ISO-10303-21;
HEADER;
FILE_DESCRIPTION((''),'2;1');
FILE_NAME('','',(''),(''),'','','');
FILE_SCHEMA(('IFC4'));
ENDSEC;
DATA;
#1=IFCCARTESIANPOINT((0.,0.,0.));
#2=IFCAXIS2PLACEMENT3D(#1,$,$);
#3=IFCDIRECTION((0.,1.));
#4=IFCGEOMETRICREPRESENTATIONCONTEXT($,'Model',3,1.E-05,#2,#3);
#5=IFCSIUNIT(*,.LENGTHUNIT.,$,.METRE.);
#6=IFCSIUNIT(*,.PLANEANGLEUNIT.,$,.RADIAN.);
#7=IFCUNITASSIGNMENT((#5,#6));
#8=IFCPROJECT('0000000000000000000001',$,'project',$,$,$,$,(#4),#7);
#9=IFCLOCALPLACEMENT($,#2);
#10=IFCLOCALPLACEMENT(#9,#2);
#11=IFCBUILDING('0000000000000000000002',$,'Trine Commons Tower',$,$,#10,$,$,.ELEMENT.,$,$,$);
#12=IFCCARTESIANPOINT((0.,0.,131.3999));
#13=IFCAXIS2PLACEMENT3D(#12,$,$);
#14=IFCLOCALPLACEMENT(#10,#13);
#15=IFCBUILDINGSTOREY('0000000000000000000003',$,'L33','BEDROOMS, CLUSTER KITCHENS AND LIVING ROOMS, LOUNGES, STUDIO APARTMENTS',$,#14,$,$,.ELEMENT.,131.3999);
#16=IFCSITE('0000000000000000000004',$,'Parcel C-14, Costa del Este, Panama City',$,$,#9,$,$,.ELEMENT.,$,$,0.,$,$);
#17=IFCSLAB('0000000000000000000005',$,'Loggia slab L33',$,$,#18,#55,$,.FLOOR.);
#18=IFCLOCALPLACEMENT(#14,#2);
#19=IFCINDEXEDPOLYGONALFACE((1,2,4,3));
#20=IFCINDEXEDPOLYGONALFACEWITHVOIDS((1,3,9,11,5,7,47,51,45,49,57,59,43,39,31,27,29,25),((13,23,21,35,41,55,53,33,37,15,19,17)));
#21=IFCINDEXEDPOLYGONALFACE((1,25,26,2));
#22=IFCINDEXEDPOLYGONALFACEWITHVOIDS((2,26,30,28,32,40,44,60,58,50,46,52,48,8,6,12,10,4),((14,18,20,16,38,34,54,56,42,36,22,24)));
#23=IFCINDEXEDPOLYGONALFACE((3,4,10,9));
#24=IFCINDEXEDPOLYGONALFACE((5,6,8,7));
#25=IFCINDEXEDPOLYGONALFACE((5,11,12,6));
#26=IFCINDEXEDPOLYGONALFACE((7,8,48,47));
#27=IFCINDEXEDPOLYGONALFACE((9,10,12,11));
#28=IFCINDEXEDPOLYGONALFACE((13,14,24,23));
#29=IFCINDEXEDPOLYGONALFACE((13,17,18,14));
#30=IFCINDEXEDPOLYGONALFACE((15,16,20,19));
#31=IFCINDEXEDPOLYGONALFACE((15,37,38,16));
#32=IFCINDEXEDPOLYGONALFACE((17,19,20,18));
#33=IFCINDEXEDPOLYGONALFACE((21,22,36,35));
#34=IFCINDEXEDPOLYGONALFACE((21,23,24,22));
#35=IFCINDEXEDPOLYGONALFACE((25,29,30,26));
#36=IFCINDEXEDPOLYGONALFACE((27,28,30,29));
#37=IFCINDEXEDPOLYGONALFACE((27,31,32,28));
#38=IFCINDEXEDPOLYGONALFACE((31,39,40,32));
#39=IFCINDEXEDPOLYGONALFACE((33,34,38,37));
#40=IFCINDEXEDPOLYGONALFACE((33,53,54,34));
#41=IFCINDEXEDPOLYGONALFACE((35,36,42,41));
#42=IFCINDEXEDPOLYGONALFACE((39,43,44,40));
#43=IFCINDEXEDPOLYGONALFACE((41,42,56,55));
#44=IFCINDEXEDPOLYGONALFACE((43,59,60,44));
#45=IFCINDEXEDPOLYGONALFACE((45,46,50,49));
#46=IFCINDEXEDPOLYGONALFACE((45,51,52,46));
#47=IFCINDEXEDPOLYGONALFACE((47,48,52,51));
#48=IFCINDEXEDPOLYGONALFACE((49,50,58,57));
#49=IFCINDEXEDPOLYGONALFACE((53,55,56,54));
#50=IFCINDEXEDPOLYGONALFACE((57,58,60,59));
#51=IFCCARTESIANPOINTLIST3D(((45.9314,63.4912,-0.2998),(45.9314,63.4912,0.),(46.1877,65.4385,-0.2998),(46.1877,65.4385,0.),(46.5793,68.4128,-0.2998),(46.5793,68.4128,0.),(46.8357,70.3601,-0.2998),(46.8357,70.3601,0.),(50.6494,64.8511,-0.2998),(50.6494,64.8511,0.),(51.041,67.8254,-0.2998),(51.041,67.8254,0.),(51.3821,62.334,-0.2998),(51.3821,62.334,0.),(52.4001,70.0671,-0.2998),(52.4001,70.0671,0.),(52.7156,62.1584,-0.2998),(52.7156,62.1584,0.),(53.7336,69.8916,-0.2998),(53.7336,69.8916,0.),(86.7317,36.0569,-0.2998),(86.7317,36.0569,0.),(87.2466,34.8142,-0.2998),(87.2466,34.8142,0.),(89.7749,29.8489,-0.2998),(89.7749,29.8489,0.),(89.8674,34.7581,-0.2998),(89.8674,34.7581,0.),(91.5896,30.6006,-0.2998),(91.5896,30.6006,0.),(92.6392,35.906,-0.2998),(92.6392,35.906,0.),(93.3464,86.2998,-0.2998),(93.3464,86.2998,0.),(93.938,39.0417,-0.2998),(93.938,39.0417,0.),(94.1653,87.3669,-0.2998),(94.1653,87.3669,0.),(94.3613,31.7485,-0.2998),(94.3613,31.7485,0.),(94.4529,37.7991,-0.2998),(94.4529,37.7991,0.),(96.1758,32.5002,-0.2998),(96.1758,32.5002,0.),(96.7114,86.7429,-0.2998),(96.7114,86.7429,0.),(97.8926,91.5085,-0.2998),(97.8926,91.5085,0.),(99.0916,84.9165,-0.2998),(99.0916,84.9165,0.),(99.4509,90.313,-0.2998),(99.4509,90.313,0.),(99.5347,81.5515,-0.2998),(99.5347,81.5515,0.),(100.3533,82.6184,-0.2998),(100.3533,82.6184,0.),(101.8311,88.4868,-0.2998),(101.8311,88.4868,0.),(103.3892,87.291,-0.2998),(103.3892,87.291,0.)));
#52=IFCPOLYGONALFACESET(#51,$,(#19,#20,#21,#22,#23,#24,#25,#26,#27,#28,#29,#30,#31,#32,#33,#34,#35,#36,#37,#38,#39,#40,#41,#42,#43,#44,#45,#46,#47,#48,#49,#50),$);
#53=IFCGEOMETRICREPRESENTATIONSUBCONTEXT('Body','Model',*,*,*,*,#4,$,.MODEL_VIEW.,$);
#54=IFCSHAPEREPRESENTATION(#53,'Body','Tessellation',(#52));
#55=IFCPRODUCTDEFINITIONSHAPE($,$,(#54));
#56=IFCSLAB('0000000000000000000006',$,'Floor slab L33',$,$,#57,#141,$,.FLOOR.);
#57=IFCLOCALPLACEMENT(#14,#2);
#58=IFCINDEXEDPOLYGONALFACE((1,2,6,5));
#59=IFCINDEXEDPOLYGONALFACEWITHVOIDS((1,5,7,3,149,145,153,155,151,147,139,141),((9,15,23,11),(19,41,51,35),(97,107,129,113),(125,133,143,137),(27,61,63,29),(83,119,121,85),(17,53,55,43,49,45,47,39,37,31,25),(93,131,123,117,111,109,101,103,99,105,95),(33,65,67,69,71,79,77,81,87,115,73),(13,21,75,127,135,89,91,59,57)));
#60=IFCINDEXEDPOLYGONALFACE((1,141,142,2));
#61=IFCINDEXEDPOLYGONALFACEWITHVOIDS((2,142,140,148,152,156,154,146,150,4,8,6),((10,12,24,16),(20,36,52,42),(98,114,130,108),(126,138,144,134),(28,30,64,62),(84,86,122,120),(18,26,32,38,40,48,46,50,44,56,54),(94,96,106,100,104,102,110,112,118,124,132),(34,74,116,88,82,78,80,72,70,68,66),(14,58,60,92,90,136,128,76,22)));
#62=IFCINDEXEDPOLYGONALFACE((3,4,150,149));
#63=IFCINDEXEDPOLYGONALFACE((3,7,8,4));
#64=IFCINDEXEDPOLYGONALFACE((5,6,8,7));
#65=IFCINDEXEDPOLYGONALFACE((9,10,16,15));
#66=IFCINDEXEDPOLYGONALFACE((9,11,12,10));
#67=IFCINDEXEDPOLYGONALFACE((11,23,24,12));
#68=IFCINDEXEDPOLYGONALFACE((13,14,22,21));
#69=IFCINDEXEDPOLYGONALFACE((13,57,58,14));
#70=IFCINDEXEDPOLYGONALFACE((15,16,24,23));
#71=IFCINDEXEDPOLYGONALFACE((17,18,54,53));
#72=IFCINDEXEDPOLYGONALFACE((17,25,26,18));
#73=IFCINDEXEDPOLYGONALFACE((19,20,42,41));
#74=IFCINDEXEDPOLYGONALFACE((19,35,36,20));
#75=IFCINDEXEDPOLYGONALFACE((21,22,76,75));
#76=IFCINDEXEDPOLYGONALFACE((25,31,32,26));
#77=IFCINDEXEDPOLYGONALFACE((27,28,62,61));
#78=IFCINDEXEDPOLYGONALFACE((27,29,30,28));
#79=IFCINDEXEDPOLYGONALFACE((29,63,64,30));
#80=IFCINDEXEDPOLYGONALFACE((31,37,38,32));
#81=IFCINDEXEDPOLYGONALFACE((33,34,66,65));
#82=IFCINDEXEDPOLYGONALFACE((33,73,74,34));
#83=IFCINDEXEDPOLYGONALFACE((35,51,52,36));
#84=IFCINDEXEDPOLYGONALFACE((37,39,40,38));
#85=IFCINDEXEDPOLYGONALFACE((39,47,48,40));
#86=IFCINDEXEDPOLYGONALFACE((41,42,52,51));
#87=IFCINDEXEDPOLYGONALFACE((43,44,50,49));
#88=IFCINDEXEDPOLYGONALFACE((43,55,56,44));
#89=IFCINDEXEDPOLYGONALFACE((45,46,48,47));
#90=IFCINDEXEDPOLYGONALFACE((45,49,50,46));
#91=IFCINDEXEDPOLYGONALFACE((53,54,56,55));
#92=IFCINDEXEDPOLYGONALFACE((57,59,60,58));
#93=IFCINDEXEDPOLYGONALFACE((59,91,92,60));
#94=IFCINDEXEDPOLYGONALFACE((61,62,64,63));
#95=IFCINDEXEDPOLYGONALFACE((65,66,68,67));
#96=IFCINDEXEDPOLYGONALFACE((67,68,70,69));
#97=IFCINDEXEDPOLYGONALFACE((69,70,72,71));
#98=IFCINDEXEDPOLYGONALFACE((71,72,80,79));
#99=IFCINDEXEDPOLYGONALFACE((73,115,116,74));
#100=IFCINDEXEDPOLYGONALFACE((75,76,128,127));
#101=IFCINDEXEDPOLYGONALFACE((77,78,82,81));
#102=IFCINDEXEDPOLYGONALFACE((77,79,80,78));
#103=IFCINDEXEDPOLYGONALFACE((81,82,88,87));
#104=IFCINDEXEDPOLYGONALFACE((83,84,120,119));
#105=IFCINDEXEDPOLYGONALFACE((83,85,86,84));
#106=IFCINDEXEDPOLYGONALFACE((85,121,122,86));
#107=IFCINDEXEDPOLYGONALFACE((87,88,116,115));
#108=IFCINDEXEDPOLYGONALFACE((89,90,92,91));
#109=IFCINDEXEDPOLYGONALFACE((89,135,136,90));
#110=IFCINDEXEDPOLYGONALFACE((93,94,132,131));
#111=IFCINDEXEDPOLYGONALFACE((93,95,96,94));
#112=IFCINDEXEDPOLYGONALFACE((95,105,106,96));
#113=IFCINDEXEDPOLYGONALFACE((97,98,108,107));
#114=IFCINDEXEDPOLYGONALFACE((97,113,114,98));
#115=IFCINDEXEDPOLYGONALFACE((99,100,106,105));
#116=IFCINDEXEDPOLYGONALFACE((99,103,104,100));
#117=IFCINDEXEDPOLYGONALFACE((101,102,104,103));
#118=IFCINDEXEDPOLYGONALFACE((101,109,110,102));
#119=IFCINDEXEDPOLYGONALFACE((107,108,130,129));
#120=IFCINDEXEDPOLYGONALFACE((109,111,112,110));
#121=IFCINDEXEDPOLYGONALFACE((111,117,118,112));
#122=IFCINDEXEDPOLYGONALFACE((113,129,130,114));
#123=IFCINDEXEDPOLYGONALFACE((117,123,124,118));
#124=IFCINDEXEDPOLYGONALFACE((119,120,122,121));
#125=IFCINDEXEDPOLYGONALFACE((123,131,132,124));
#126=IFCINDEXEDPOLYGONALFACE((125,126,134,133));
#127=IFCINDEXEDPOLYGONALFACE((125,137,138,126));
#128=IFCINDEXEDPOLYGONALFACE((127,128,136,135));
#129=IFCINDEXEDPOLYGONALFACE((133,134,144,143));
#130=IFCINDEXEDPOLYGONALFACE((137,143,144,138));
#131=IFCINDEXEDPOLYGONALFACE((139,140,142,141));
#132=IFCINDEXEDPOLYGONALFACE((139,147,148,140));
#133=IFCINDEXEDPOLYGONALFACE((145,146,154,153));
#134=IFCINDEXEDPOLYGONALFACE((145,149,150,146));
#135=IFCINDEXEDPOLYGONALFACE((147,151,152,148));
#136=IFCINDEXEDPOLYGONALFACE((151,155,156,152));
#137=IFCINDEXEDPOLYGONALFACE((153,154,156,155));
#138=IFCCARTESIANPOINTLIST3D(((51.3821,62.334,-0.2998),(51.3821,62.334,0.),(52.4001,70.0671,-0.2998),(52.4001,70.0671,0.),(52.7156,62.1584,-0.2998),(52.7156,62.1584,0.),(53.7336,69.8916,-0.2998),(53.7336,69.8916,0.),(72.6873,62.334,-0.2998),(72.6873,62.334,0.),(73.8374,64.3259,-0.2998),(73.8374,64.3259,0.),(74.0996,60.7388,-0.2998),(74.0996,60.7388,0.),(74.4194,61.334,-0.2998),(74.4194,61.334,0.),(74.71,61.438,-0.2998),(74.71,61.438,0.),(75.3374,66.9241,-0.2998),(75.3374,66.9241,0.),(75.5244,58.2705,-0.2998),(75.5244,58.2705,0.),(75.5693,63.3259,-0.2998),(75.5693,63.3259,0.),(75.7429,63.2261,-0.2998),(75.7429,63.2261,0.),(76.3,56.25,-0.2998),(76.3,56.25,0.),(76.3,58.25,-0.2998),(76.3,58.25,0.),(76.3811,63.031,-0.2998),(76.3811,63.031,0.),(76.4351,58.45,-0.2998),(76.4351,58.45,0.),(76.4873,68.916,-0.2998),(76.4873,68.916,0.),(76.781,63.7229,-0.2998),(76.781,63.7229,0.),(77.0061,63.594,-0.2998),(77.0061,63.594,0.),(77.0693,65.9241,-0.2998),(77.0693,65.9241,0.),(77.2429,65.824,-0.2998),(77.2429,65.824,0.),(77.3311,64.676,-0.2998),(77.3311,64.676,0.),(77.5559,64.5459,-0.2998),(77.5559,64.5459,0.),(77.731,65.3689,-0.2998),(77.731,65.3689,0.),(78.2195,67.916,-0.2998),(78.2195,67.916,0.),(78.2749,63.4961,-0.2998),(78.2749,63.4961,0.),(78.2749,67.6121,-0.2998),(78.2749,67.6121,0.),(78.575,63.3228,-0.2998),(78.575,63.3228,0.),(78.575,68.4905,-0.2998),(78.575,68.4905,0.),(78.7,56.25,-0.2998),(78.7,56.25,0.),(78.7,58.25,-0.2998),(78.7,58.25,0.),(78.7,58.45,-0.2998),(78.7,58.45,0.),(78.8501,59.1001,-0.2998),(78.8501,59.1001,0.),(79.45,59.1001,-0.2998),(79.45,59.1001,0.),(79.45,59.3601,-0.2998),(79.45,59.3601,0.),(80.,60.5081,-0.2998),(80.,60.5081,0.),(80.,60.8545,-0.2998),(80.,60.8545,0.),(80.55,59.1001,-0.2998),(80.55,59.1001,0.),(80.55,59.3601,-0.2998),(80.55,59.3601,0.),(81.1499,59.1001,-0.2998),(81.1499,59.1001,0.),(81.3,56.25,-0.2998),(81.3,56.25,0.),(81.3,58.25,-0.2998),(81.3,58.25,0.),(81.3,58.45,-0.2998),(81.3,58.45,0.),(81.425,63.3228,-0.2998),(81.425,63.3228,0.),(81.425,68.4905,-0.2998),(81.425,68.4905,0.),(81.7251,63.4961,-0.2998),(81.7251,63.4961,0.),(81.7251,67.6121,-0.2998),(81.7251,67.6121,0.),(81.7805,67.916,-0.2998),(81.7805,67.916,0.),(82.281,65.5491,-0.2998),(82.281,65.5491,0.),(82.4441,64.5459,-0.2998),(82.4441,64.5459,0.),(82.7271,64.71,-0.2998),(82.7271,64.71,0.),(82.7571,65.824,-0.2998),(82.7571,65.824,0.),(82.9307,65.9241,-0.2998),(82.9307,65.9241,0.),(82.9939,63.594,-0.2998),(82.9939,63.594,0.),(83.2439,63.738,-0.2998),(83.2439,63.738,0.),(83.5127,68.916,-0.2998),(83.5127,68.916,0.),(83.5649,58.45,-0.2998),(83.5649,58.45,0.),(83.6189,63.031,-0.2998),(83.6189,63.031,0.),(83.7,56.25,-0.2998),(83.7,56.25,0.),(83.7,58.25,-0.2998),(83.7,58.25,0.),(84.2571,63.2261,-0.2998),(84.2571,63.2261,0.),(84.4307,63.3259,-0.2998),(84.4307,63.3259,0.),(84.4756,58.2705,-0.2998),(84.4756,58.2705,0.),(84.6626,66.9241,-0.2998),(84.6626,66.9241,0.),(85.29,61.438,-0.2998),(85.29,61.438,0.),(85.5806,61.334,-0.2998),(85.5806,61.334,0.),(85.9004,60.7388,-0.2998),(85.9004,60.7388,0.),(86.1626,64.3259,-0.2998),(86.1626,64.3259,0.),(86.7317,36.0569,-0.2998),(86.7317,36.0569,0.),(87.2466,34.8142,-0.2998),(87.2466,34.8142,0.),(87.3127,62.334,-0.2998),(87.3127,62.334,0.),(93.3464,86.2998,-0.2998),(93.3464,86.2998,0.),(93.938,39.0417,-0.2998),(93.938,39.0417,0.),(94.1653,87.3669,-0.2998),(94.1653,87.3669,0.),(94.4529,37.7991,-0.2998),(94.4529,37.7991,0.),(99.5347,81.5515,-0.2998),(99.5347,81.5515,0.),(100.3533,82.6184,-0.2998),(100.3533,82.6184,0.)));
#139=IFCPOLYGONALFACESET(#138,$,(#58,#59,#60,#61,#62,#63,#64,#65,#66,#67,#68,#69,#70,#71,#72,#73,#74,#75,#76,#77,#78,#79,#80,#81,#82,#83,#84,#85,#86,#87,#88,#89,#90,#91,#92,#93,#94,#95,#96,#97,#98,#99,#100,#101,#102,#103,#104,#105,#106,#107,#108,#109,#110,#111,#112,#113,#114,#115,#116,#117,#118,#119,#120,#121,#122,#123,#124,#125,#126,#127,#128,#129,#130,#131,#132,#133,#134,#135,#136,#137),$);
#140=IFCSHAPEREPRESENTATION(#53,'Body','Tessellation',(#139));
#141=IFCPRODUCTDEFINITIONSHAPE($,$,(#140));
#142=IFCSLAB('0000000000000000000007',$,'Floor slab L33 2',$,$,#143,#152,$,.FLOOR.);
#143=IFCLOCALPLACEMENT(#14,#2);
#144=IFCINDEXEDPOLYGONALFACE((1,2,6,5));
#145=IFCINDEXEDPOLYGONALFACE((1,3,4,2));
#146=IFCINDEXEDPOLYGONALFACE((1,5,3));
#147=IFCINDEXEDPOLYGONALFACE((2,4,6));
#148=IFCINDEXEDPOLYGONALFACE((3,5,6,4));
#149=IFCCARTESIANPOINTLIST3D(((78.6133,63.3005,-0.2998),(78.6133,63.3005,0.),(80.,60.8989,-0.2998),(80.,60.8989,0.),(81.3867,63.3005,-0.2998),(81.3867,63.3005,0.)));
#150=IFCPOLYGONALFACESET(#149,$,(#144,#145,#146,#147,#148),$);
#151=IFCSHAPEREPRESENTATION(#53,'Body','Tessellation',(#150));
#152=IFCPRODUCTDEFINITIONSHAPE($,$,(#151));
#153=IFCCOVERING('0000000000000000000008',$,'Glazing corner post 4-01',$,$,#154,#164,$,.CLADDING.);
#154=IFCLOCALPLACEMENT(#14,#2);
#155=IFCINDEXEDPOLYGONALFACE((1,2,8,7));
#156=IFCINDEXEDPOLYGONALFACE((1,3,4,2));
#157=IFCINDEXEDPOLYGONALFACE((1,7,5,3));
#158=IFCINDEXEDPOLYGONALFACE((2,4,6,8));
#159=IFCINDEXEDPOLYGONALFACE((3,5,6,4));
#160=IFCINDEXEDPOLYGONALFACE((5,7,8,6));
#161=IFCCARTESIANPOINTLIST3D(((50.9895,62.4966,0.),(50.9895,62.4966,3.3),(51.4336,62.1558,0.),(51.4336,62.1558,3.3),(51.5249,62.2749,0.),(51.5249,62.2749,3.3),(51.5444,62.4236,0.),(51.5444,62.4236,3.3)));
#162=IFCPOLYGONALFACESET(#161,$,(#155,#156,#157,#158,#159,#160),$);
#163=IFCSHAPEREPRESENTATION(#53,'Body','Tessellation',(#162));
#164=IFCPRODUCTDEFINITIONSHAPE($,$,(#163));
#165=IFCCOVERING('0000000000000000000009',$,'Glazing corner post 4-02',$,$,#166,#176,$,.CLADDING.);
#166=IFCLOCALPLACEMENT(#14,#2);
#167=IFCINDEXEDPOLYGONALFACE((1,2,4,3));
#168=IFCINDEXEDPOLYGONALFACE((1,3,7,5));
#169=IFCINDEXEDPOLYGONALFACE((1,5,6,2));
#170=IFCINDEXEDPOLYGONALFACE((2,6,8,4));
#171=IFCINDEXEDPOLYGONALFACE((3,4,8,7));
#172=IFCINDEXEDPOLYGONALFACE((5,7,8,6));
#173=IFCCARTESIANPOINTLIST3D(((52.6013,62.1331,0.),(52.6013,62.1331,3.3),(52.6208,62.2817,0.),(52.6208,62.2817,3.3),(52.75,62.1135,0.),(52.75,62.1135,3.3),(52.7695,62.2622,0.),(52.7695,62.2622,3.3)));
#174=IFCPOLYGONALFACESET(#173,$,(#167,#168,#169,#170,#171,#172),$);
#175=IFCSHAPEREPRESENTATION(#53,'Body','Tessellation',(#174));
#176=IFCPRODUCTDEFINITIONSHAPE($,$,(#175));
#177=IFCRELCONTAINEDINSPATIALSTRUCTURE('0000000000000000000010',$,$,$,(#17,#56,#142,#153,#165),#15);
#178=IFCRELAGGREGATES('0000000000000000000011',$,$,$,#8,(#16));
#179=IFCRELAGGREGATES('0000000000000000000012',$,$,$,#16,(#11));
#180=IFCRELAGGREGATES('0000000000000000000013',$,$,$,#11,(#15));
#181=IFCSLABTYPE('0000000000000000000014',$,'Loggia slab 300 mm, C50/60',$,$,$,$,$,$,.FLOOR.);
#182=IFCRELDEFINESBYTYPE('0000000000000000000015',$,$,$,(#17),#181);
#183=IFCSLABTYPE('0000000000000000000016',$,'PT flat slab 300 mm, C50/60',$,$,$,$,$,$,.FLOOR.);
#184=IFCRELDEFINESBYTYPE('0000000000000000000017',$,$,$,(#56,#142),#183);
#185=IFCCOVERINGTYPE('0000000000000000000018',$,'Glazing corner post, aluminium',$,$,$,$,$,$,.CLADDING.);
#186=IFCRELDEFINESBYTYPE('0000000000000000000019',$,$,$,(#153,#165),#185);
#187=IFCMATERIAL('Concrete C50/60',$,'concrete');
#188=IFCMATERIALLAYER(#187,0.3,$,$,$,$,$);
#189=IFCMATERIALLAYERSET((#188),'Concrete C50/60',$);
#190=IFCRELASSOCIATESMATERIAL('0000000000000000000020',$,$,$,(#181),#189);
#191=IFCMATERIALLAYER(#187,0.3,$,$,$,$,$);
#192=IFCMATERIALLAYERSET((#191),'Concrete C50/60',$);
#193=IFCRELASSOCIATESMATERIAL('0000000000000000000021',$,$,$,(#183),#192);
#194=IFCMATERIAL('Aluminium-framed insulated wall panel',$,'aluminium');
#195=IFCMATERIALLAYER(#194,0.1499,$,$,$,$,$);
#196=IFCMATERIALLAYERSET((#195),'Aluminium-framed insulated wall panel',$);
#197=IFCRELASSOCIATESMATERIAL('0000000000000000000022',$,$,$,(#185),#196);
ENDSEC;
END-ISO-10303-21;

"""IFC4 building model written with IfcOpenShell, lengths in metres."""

from ifc_helpers import new_model, si_unit, direction, frame, origin, place, context, subcontext, project, spatial, polyline, outline, extrude, material, layer, layer_set, type_object, element, save


model = new_model("IFC4")

# Units and contexts
model_context = context("Model", 3, precision=1e-05, world=origin(), true_north=direction((0.0, 1.0)))
body_context = subcontext(model_context, "Body", "Model", "MODEL_VIEW")
ifc_project = project(units=[si_unit("LENGTHUNIT", "METRE"), si_unit("PLANEANGLEUNIT", "RADIAN")], contexts=[model_context])

# Site, building, storey
site_placement = place(None, origin())
site = spatial("IfcSite", under=ifc_project, at=site_placement, Name="Parcel C-14, Costa del Este, Panama City", CompositionType="ELEMENT", RefElevation=0.0)
building_placement = place(site_placement, origin())
building = spatial("IfcBuilding", under=site, at=building_placement, Name="Trine Commons Tower", CompositionType="ELEMENT")
storey_placement = place(building_placement, frame((0.0, 0.0, 131.3999)))
storey = spatial("IfcBuildingStorey", under=building, at=storey_placement, Name="L33", Description="BEDROOMS, CLUSTER KITCHENS AND LIVING ROOMS, LOUNGES, STUDIO APARTMENTS", CompositionType="ELEMENT", Elevation=131.3999)

# Slabs
ifc_material_1 = material(Name="Concrete C50/60", Category="concrete")
ifc_layer_1 = layer(ifc_material_1, 0.3)
ifc_layer_set_1 = layer_set([ifc_layer_1], Name="Concrete C50/60")
slab_type_1 = type_object("IfcSlabType", Name="Loggia slab 300 mm, C50/60", PredefinedType="FLOOR", material=ifc_layer_set_1)
slab_1_placement = place(storey_placement, frame((0.0, 0.0, -0.2998)))
element("IfcSlab", 1, at=slab_1_placement, inside=storey, type_object=slab_type_1, Name="Loggia slab L33", PredefinedType="FLOOR", context=body_context, shape_type="SweptSolid", body=[
    extrude(outline(polyline([(96.1758, 32.5002), (103.3892, 87.291), (101.8311, 88.4868), (99.0916, 84.9165), (96.7114, 86.7429), (99.4509, 90.313), (97.8926, 91.5085), (46.8357, 70.3601), (46.5793, 68.4128), (51.041, 67.8254), (50.6494, 64.8511), (46.1877, 65.4385), (45.9314, 63.4912), (89.7749, 29.8489), (91.5896, 30.6006), (89.8674, 34.7581), (92.6392, 35.906), (94.3613, 31.7485), (96.1758, 32.5002)]), holes=[polyline([(87.2466, 34.8142), (86.7317, 36.0569), (93.938, 39.0417), (94.4529, 37.7991), (100.3533, 82.6184), (99.5347, 81.5515), (93.3464, 86.2998), (94.1653, 87.3669), (52.4001, 70.0671), (53.7336, 69.8916), (52.7156, 62.1584), (51.3821, 62.334), (87.2466, 34.8142)])]), origin(), (0.0, 0.0, 1.0), 0.2998),
])
ifc_layer_2 = layer(ifc_material_1, 0.3)
ifc_layer_set_2 = layer_set([ifc_layer_2], Name="Concrete C50/60")
slab_type_2 = type_object("IfcSlabType", Name="PT flat slab 300 mm, C50/60", PredefinedType="FLOOR", material=ifc_layer_set_2)
slab_2_placement = place(storey_placement, frame((0.0, 0.0, -0.2998)))
element("IfcSlab", 2, at=slab_2_placement, inside=storey, type_object=slab_type_2, Name="Floor slab L33", PredefinedType="FLOOR", context=body_context, shape_type="SweptSolid", body=[
    extrude(outline(polyline([(51.3821, 62.334), (87.2466, 34.8142), (86.7317, 36.0569), (93.938, 39.0417), (94.4529, 37.7991), (100.3533, 82.6184), (99.5347, 81.5515), (93.3464, 86.2998), (94.1653, 87.3669), (52.4001, 70.0671), (53.7336, 69.8916), (52.7156, 62.1584), (51.3821, 62.334)]), holes=[polyline([(78.7, 56.25), (78.7, 58.25), (76.3, 58.25), (76.3, 56.25), (78.7, 56.25)]), polyline([(80.0, 60.8545), (84.4756, 58.2705), (85.9004, 60.7388), (81.425, 63.3228), (81.425, 68.4905), (78.575, 68.4905), (78.575, 63.3228), (74.0996, 60.7388), (75.5244, 58.2705), (80.0, 60.8545)]), polyline([(73.8374, 64.3259), (72.6873, 62.334), (74.4194, 61.334), (75.5693, 63.3259), (73.8374, 64.3259)]), polyline([(76.3811, 63.031), (75.7429, 63.2261), (74.71, 61.438), (78.2749, 63.4961), (78.2749, 67.6121), (77.2429, 65.824), (77.731, 65.3689), (77.3311, 64.676), (77.5559, 64.5459), (77.0061, 63.594), (76.781, 63.7229), (76.3811, 63.031)]), polyline([(76.4873, 68.916), (75.3374, 66.9241), (77.0693, 65.9241), (78.2195, 67.916), (76.4873, 68.916)]), polyline([(83.7, 56.25), (83.7, 58.25), (81.3, 58.25), (81.3, 56.25), (83.7, 56.25)]), polyline([(81.1499, 59.1001), (81.3, 58.45), (83.5649, 58.45), (80.0, 60.5081), (76.4351, 58.45), (78.7, 58.45), (78.8501, 59.1001), (79.45, 59.1001), (79.45, 59.3601), (80.55, 59.3601), (80.55, 59.1001), (81.1499, 59.1001)]), polyline([(86.1626, 64.3259), (84.4307, 63.3259), (85.5806, 61.334), (87.3127, 62.334), (86.1626, 64.3259)]), polyline([(83.2439, 63.738), (82.9939, 63.594), (82.4441, 64.5459), (82.7271, 64.71), (82.281, 65.5491), (82.7571, 65.824), (81.7251, 67.6121), (81.7251, 63.4961), (85.29, 61.438), (84.2571, 63.2261), (83.6189, 63.031), (83.2439, 63.738)]), polyline([(84.6626, 66.9241), (83.5127, 68.916), (81.7805, 67.916), (82.9307, 65.9241), (84.6626, 66.9241)])]), origin(), (0.0, 0.0, 1.0), 0.2998),
])
slab_3_placement = place(storey_placement, frame((0.0, 0.0, -0.2998)))
element("IfcSlab", 3, at=slab_3_placement, inside=storey, type_object=slab_type_2, Name="Floor slab L33 2", PredefinedType="FLOOR", context=body_context, shape_type="SweptSolid", body=[
    extrude(outline(polyline([(78.6133, 63.3005), (80.0, 60.8989), (81.3867, 63.3005), (78.6133, 63.3005)])), origin(), (0.0, 0.0, 1.0), 0.2998),
])

# Coverings
ifc_material_2 = material(Name="Aluminium-framed insulated wall panel", Category="aluminium")
ifc_layer_3 = layer(ifc_material_2, 0.1499)
ifc_layer_set_3 = layer_set([ifc_layer_3], Name="Aluminium-framed insulated wall panel")
covering_type_1 = type_object("IfcCoveringType", Name="Glazing corner post, aluminium", PredefinedType="CLADDING", material=ifc_layer_set_3)
covering_1_placement = place(storey_placement, origin())
element("IfcCovering", 4, at=covering_1_placement, inside=storey, type_object=covering_type_1, Name="Glazing corner post 4-01", PredefinedType="CLADDING", context=body_context, shape_type="SweptSolid", body=[
    extrude(outline(polyline([(51.4336, 62.1558), (51.5249, 62.2749), (51.5444, 62.4236), (50.9895, 62.4966), (51.4336, 62.1558)])), origin(), (0.0, 0.0, 1.0), 3.3),
])
covering_2_placement = place(storey_placement, origin())
element("IfcCovering", 5, at=covering_2_placement, inside=storey, type_object=covering_type_1, Name="Glazing corner post 4-02", PredefinedType="CLADDING", context=body_context, shape_type="SweptSolid", body=[
    extrude(outline(polyline([(52.6013, 62.1331), (52.75, 62.1135), (52.7695, 62.2622), (52.6208, 62.2817), (52.6013, 62.1331)])), origin(), (0.0, 0.0, 1.0), 3.3),
])

save(model, "model.ifc")
